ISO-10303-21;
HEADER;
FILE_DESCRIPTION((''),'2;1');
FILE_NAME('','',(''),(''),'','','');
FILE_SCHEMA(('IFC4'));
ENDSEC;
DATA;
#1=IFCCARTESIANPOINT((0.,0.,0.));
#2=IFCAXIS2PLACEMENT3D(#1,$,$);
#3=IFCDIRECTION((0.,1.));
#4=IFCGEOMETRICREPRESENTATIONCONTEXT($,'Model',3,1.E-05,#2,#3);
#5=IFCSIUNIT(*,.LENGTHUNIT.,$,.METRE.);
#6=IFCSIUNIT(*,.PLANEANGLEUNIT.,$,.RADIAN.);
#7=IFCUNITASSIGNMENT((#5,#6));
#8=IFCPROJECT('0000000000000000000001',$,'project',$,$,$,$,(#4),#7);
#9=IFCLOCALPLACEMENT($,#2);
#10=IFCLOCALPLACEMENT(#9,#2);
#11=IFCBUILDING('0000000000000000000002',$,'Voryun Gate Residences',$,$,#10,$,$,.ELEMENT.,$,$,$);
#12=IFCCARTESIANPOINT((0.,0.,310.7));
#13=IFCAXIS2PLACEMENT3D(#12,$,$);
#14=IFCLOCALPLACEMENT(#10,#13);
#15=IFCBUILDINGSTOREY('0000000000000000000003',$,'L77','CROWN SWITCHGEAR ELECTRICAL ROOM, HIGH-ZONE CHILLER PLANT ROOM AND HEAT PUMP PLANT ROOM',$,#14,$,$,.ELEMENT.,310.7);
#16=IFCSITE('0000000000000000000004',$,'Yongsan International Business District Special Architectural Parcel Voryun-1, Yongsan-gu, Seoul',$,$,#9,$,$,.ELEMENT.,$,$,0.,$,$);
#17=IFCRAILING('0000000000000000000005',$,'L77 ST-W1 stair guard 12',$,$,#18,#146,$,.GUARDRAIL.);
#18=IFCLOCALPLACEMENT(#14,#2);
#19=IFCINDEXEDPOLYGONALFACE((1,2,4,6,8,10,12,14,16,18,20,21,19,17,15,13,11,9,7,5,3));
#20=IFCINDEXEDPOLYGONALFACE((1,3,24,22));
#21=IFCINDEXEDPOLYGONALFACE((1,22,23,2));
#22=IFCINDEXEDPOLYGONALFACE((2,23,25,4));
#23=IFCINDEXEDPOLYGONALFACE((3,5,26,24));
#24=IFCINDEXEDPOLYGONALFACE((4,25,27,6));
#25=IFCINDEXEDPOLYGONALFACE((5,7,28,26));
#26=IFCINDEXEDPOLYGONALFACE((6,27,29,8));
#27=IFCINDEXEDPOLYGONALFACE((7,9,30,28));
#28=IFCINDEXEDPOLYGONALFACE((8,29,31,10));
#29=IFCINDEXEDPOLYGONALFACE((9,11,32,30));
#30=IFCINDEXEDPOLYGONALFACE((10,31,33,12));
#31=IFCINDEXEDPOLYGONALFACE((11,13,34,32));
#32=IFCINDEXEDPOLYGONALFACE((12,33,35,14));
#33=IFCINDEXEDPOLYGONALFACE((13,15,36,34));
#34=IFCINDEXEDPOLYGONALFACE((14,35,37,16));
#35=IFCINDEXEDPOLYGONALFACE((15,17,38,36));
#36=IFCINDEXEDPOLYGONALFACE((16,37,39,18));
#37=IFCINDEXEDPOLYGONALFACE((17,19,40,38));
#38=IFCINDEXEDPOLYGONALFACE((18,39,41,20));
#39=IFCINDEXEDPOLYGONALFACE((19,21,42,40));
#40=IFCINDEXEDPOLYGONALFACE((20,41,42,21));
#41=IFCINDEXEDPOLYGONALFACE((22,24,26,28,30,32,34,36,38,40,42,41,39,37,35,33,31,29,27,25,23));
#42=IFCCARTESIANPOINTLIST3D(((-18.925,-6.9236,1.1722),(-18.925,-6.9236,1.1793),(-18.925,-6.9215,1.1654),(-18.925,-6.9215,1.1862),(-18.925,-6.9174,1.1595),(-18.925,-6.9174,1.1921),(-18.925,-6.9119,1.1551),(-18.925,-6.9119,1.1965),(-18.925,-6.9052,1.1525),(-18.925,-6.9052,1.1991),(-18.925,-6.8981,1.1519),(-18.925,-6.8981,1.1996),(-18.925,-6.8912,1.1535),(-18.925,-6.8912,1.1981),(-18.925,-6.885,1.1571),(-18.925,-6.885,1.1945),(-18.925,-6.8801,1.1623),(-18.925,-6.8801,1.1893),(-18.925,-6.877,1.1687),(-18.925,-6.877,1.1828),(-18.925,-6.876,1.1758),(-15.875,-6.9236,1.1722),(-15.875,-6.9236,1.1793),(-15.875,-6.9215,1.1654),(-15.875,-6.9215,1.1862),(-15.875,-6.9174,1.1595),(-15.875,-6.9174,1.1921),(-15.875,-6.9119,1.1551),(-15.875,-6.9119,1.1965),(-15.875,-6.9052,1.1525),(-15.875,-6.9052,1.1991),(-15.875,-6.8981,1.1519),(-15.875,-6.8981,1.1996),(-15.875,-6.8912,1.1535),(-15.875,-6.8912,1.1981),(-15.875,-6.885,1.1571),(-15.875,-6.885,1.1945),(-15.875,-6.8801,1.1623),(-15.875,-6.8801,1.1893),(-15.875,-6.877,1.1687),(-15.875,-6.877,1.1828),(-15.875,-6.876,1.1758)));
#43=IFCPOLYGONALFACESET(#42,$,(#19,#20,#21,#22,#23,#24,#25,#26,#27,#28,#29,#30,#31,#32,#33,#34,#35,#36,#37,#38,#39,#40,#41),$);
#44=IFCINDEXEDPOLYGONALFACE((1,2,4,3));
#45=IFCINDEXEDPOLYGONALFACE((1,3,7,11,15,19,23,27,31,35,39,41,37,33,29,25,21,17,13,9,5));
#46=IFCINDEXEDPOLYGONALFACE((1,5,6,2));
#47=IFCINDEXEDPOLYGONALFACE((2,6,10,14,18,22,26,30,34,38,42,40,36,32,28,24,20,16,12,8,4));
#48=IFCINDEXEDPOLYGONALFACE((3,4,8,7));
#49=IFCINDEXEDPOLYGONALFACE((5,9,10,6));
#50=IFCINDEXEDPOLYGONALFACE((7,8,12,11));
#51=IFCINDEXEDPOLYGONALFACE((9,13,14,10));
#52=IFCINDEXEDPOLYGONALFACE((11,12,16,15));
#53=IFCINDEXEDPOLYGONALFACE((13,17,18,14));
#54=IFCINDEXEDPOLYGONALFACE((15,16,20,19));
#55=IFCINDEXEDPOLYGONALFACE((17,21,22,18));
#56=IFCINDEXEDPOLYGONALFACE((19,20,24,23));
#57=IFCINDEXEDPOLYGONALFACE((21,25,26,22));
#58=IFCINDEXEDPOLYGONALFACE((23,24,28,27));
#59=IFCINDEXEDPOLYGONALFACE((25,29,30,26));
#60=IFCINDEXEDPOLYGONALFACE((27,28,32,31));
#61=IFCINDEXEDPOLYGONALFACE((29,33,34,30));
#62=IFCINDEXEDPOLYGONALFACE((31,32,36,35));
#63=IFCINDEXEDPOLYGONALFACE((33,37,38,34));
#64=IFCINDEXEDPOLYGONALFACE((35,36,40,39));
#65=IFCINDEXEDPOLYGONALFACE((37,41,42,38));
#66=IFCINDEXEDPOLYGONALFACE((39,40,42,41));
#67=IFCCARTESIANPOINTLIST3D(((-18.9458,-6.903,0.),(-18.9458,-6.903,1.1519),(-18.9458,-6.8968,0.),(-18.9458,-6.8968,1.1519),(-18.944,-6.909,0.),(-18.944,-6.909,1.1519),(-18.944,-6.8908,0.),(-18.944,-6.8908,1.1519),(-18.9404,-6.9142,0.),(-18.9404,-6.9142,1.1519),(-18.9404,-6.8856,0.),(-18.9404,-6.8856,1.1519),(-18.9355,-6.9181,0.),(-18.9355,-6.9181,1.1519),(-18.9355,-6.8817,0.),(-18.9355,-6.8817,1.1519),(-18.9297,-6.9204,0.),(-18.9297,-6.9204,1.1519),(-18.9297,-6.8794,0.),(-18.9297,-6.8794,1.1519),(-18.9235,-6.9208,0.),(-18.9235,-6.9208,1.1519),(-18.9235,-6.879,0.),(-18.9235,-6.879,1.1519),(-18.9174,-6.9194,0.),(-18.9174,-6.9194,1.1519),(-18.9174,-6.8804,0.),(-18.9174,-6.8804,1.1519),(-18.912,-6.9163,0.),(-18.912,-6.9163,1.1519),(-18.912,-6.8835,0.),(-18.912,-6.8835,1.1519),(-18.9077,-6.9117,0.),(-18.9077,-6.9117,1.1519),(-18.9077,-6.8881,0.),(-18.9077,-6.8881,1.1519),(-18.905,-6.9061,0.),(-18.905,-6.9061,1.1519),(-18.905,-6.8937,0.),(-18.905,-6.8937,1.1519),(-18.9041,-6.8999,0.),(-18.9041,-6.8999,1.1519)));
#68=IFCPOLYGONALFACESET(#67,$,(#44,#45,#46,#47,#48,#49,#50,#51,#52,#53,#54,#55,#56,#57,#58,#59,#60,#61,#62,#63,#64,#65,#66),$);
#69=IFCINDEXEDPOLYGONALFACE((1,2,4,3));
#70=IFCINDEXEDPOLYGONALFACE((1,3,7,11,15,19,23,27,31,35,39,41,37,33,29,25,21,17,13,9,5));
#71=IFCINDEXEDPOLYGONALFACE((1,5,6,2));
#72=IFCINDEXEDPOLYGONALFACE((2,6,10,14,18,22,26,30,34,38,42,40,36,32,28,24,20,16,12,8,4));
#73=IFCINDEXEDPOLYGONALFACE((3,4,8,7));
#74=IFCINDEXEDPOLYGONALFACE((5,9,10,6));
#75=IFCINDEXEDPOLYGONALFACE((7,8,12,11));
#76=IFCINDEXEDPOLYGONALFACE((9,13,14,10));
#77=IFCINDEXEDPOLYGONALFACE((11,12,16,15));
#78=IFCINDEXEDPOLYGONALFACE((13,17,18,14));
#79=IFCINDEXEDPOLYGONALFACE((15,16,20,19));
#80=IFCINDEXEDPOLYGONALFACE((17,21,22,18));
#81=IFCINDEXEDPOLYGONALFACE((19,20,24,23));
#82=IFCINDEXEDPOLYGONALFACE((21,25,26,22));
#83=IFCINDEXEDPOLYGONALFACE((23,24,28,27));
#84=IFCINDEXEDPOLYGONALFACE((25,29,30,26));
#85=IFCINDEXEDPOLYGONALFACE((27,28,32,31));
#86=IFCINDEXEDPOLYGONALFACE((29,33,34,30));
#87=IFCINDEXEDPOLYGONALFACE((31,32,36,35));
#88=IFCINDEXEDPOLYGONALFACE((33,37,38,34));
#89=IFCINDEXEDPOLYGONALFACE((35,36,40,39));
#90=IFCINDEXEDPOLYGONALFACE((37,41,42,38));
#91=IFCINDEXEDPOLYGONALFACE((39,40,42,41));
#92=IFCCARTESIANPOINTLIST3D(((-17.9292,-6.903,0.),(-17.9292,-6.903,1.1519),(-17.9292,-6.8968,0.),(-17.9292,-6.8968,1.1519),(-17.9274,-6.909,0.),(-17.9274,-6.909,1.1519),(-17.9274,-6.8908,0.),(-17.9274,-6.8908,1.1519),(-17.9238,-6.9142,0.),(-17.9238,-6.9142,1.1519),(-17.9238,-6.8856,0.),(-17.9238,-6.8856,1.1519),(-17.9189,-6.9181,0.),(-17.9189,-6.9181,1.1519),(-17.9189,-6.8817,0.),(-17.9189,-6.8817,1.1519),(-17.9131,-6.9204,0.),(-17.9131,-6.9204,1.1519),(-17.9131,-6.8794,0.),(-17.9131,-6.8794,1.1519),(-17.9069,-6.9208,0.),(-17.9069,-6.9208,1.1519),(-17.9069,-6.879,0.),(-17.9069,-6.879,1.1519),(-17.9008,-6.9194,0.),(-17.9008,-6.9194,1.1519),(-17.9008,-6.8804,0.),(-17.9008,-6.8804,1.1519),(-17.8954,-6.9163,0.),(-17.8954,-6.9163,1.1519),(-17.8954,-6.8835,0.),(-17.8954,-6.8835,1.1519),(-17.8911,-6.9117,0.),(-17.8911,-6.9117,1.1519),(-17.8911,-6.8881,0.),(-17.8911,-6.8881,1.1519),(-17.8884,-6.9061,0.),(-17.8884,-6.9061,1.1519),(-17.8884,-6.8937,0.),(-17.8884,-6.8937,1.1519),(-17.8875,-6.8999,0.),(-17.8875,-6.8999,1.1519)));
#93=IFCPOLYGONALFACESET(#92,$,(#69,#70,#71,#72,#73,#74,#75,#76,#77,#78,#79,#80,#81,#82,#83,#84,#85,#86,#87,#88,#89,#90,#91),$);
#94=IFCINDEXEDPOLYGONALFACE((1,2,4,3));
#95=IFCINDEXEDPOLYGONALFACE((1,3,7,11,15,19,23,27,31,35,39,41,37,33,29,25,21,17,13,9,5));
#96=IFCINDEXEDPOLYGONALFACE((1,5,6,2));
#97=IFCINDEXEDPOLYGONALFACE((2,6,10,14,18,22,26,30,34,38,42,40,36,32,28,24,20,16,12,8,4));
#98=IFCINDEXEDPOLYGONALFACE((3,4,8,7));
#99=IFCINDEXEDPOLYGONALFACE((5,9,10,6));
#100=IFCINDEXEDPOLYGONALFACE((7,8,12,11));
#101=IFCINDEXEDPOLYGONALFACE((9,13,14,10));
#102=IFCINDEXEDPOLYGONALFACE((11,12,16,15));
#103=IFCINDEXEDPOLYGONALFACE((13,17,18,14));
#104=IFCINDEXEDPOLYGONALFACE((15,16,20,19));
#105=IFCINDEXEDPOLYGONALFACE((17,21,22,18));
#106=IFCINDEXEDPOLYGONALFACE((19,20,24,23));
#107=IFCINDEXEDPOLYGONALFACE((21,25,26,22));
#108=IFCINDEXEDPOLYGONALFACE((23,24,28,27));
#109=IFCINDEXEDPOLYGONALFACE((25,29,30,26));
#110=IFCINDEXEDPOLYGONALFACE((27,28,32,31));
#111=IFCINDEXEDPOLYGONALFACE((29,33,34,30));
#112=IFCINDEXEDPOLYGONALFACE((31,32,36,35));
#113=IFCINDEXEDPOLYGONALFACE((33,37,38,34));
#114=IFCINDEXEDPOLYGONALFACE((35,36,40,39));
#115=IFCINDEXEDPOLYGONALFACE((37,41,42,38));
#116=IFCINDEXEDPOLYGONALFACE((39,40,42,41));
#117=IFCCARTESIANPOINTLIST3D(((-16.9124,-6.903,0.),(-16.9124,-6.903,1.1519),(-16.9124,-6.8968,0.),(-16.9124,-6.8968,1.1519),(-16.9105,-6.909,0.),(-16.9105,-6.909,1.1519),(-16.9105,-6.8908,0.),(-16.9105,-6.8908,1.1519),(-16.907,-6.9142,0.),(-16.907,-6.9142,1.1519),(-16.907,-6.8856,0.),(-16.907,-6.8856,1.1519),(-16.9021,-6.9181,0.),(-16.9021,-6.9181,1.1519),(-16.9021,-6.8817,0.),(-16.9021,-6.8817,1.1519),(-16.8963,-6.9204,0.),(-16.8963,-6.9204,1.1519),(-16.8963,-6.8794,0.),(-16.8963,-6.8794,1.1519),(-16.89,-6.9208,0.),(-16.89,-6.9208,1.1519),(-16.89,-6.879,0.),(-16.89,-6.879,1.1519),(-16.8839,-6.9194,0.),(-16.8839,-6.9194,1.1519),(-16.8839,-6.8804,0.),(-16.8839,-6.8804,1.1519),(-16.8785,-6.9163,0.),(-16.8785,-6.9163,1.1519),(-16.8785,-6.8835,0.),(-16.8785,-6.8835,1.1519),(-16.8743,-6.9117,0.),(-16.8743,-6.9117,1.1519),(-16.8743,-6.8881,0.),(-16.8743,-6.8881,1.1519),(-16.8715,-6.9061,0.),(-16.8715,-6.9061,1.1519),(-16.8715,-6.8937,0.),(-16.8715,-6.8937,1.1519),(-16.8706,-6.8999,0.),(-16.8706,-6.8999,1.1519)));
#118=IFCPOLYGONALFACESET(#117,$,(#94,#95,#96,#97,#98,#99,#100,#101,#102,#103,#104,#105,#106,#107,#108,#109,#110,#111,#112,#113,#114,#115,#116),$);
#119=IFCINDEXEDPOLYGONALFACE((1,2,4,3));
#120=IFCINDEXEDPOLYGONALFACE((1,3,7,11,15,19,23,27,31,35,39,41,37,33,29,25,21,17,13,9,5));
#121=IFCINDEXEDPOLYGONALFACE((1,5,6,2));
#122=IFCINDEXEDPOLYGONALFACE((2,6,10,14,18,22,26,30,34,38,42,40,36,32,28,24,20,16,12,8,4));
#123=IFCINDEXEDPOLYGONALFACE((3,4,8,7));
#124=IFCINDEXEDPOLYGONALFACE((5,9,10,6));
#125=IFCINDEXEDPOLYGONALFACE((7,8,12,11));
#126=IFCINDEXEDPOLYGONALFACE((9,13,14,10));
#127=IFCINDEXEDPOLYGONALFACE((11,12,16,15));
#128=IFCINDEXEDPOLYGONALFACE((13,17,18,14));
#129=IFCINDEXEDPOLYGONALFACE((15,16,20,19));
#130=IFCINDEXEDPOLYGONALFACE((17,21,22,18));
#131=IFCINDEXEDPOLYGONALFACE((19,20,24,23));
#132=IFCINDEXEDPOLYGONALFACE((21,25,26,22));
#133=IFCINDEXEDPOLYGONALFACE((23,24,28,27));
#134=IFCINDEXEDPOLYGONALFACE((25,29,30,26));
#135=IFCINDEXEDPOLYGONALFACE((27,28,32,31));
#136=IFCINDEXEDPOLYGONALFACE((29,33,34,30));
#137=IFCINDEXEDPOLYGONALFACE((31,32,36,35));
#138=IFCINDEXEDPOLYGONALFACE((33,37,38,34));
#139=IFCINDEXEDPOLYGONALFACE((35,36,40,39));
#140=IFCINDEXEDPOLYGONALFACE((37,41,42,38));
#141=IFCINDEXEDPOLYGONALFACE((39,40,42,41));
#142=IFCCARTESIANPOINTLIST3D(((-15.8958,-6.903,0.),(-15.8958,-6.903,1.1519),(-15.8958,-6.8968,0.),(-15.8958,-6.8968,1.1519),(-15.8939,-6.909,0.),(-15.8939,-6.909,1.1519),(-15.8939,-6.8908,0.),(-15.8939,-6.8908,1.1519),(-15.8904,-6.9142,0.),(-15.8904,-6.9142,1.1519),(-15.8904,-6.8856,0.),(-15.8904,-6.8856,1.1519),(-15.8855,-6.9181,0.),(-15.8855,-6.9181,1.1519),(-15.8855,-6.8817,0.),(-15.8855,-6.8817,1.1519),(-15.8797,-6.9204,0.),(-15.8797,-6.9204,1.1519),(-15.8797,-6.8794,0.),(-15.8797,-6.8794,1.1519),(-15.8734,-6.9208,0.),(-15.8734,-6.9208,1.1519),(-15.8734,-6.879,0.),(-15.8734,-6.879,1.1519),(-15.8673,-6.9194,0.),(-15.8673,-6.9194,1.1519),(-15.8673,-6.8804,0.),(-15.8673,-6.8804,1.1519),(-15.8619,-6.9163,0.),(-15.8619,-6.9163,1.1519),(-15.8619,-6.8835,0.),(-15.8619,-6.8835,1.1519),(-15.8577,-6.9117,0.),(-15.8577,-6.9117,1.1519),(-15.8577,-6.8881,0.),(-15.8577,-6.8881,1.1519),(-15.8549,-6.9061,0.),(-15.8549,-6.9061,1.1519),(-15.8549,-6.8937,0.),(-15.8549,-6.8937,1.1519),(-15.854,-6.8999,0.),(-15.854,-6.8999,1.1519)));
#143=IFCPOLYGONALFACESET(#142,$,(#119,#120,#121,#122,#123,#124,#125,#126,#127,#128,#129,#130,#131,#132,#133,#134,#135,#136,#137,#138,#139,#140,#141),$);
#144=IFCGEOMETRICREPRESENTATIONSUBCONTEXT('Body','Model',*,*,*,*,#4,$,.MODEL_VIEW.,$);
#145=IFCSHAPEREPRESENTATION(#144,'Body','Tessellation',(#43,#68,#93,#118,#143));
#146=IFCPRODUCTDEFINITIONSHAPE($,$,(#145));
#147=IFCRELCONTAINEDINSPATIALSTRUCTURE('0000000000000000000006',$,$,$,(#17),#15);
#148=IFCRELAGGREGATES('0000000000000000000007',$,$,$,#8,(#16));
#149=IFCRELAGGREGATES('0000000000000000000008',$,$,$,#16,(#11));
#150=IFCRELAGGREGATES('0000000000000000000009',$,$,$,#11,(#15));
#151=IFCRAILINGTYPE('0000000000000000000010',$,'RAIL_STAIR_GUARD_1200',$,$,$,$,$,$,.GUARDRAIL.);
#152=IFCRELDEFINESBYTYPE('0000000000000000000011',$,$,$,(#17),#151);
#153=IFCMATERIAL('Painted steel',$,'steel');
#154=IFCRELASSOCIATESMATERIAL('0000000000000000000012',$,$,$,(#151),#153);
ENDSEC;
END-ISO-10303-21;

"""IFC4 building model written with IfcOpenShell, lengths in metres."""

from ifc_helpers import new_model, si_unit, direction, frame, origin, origin_2d, place, context, subcontext, project, spatial, circle, extrude, material, type_object, element, save


model = new_model("IFC4")

# Units and contexts
model_context = context("Model", 3, precision=1e-05, world=origin(), true_north=direction((0.0, 1.0)))
body_context = subcontext(model_context, "Body", "Model", "MODEL_VIEW")
ifc_project = project(units=[si_unit("LENGTHUNIT", "METRE"), si_unit("PLANEANGLEUNIT", "RADIAN")], contexts=[model_context])

# Site, building, storey
site_placement = place(None, origin())
site = spatial("IfcSite", under=ifc_project, at=site_placement, Name="Yongsan International Business District Special Architectural Parcel Voryun-1, Yongsan-gu, Seoul", CompositionType="ELEMENT", RefElevation=0.0)
building_placement = place(site_placement, origin())
building = spatial("IfcBuilding", under=site, at=building_placement, Name="Voryun Gate Residences", CompositionType="ELEMENT")
storey_placement = place(building_placement, frame((0.0, 0.0, 310.7)))
storey = spatial("IfcBuildingStorey", under=building, at=storey_placement, Name="L77", Description="CROWN SWITCHGEAR ELECTRICAL ROOM, HIGH-ZONE CHILLER PLANT ROOM AND HEAT PUMP PLANT ROOM", CompositionType="ELEMENT", Elevation=310.7)

# Railing
ifc_material_1 = material(Name="Painted steel", Category="steel")
railing_type = type_object("IfcRailingType", Name="RAIL_STAIR_GUARD_1200", PredefinedType="GUARDRAIL", material=ifc_material_1)
railing_1_placement = place(storey_placement, frame((-18.925, -6.8999, 0.0)))
element("IfcRailing", 1, at=railing_1_placement, inside=storey, type_object=railing_type, Name="L77 ST-W1 stair guard 12", PredefinedType="GUARDRAIL", context=body_context, shape_type="SweptSolid", body=[
    extrude(circle(Radius=0.0239, at=origin_2d()), frame((0.0, 0.0, 1.1758), z_axis=(1.0, 0.0, 0.0), x_axis=(0.0, 1.0, 0.0)), (0.0, 0.0, 1.0), 3.05),
    extrude(circle(Radius=0.021, at=origin_2d()), origin(), (0.0, 0.0, 1.0), 1.1519),
    extrude(circle(Radius=0.021, at=origin_2d()), frame((1.0166, 0.0, 0.0)), (0.0, 0.0, 1.0), 1.1519),
    extrude(circle(Radius=0.021, at=origin_2d()), frame((2.0334, 0.0, 0.0)), (0.0, 0.0, 1.0), 1.1519),
    extrude(circle(Radius=0.021, at=origin_2d()), frame((3.05, 0.0, 0.0)), (0.0, 0.0, 1.0), 1.1519),
])

save(model, "model.ifc")
